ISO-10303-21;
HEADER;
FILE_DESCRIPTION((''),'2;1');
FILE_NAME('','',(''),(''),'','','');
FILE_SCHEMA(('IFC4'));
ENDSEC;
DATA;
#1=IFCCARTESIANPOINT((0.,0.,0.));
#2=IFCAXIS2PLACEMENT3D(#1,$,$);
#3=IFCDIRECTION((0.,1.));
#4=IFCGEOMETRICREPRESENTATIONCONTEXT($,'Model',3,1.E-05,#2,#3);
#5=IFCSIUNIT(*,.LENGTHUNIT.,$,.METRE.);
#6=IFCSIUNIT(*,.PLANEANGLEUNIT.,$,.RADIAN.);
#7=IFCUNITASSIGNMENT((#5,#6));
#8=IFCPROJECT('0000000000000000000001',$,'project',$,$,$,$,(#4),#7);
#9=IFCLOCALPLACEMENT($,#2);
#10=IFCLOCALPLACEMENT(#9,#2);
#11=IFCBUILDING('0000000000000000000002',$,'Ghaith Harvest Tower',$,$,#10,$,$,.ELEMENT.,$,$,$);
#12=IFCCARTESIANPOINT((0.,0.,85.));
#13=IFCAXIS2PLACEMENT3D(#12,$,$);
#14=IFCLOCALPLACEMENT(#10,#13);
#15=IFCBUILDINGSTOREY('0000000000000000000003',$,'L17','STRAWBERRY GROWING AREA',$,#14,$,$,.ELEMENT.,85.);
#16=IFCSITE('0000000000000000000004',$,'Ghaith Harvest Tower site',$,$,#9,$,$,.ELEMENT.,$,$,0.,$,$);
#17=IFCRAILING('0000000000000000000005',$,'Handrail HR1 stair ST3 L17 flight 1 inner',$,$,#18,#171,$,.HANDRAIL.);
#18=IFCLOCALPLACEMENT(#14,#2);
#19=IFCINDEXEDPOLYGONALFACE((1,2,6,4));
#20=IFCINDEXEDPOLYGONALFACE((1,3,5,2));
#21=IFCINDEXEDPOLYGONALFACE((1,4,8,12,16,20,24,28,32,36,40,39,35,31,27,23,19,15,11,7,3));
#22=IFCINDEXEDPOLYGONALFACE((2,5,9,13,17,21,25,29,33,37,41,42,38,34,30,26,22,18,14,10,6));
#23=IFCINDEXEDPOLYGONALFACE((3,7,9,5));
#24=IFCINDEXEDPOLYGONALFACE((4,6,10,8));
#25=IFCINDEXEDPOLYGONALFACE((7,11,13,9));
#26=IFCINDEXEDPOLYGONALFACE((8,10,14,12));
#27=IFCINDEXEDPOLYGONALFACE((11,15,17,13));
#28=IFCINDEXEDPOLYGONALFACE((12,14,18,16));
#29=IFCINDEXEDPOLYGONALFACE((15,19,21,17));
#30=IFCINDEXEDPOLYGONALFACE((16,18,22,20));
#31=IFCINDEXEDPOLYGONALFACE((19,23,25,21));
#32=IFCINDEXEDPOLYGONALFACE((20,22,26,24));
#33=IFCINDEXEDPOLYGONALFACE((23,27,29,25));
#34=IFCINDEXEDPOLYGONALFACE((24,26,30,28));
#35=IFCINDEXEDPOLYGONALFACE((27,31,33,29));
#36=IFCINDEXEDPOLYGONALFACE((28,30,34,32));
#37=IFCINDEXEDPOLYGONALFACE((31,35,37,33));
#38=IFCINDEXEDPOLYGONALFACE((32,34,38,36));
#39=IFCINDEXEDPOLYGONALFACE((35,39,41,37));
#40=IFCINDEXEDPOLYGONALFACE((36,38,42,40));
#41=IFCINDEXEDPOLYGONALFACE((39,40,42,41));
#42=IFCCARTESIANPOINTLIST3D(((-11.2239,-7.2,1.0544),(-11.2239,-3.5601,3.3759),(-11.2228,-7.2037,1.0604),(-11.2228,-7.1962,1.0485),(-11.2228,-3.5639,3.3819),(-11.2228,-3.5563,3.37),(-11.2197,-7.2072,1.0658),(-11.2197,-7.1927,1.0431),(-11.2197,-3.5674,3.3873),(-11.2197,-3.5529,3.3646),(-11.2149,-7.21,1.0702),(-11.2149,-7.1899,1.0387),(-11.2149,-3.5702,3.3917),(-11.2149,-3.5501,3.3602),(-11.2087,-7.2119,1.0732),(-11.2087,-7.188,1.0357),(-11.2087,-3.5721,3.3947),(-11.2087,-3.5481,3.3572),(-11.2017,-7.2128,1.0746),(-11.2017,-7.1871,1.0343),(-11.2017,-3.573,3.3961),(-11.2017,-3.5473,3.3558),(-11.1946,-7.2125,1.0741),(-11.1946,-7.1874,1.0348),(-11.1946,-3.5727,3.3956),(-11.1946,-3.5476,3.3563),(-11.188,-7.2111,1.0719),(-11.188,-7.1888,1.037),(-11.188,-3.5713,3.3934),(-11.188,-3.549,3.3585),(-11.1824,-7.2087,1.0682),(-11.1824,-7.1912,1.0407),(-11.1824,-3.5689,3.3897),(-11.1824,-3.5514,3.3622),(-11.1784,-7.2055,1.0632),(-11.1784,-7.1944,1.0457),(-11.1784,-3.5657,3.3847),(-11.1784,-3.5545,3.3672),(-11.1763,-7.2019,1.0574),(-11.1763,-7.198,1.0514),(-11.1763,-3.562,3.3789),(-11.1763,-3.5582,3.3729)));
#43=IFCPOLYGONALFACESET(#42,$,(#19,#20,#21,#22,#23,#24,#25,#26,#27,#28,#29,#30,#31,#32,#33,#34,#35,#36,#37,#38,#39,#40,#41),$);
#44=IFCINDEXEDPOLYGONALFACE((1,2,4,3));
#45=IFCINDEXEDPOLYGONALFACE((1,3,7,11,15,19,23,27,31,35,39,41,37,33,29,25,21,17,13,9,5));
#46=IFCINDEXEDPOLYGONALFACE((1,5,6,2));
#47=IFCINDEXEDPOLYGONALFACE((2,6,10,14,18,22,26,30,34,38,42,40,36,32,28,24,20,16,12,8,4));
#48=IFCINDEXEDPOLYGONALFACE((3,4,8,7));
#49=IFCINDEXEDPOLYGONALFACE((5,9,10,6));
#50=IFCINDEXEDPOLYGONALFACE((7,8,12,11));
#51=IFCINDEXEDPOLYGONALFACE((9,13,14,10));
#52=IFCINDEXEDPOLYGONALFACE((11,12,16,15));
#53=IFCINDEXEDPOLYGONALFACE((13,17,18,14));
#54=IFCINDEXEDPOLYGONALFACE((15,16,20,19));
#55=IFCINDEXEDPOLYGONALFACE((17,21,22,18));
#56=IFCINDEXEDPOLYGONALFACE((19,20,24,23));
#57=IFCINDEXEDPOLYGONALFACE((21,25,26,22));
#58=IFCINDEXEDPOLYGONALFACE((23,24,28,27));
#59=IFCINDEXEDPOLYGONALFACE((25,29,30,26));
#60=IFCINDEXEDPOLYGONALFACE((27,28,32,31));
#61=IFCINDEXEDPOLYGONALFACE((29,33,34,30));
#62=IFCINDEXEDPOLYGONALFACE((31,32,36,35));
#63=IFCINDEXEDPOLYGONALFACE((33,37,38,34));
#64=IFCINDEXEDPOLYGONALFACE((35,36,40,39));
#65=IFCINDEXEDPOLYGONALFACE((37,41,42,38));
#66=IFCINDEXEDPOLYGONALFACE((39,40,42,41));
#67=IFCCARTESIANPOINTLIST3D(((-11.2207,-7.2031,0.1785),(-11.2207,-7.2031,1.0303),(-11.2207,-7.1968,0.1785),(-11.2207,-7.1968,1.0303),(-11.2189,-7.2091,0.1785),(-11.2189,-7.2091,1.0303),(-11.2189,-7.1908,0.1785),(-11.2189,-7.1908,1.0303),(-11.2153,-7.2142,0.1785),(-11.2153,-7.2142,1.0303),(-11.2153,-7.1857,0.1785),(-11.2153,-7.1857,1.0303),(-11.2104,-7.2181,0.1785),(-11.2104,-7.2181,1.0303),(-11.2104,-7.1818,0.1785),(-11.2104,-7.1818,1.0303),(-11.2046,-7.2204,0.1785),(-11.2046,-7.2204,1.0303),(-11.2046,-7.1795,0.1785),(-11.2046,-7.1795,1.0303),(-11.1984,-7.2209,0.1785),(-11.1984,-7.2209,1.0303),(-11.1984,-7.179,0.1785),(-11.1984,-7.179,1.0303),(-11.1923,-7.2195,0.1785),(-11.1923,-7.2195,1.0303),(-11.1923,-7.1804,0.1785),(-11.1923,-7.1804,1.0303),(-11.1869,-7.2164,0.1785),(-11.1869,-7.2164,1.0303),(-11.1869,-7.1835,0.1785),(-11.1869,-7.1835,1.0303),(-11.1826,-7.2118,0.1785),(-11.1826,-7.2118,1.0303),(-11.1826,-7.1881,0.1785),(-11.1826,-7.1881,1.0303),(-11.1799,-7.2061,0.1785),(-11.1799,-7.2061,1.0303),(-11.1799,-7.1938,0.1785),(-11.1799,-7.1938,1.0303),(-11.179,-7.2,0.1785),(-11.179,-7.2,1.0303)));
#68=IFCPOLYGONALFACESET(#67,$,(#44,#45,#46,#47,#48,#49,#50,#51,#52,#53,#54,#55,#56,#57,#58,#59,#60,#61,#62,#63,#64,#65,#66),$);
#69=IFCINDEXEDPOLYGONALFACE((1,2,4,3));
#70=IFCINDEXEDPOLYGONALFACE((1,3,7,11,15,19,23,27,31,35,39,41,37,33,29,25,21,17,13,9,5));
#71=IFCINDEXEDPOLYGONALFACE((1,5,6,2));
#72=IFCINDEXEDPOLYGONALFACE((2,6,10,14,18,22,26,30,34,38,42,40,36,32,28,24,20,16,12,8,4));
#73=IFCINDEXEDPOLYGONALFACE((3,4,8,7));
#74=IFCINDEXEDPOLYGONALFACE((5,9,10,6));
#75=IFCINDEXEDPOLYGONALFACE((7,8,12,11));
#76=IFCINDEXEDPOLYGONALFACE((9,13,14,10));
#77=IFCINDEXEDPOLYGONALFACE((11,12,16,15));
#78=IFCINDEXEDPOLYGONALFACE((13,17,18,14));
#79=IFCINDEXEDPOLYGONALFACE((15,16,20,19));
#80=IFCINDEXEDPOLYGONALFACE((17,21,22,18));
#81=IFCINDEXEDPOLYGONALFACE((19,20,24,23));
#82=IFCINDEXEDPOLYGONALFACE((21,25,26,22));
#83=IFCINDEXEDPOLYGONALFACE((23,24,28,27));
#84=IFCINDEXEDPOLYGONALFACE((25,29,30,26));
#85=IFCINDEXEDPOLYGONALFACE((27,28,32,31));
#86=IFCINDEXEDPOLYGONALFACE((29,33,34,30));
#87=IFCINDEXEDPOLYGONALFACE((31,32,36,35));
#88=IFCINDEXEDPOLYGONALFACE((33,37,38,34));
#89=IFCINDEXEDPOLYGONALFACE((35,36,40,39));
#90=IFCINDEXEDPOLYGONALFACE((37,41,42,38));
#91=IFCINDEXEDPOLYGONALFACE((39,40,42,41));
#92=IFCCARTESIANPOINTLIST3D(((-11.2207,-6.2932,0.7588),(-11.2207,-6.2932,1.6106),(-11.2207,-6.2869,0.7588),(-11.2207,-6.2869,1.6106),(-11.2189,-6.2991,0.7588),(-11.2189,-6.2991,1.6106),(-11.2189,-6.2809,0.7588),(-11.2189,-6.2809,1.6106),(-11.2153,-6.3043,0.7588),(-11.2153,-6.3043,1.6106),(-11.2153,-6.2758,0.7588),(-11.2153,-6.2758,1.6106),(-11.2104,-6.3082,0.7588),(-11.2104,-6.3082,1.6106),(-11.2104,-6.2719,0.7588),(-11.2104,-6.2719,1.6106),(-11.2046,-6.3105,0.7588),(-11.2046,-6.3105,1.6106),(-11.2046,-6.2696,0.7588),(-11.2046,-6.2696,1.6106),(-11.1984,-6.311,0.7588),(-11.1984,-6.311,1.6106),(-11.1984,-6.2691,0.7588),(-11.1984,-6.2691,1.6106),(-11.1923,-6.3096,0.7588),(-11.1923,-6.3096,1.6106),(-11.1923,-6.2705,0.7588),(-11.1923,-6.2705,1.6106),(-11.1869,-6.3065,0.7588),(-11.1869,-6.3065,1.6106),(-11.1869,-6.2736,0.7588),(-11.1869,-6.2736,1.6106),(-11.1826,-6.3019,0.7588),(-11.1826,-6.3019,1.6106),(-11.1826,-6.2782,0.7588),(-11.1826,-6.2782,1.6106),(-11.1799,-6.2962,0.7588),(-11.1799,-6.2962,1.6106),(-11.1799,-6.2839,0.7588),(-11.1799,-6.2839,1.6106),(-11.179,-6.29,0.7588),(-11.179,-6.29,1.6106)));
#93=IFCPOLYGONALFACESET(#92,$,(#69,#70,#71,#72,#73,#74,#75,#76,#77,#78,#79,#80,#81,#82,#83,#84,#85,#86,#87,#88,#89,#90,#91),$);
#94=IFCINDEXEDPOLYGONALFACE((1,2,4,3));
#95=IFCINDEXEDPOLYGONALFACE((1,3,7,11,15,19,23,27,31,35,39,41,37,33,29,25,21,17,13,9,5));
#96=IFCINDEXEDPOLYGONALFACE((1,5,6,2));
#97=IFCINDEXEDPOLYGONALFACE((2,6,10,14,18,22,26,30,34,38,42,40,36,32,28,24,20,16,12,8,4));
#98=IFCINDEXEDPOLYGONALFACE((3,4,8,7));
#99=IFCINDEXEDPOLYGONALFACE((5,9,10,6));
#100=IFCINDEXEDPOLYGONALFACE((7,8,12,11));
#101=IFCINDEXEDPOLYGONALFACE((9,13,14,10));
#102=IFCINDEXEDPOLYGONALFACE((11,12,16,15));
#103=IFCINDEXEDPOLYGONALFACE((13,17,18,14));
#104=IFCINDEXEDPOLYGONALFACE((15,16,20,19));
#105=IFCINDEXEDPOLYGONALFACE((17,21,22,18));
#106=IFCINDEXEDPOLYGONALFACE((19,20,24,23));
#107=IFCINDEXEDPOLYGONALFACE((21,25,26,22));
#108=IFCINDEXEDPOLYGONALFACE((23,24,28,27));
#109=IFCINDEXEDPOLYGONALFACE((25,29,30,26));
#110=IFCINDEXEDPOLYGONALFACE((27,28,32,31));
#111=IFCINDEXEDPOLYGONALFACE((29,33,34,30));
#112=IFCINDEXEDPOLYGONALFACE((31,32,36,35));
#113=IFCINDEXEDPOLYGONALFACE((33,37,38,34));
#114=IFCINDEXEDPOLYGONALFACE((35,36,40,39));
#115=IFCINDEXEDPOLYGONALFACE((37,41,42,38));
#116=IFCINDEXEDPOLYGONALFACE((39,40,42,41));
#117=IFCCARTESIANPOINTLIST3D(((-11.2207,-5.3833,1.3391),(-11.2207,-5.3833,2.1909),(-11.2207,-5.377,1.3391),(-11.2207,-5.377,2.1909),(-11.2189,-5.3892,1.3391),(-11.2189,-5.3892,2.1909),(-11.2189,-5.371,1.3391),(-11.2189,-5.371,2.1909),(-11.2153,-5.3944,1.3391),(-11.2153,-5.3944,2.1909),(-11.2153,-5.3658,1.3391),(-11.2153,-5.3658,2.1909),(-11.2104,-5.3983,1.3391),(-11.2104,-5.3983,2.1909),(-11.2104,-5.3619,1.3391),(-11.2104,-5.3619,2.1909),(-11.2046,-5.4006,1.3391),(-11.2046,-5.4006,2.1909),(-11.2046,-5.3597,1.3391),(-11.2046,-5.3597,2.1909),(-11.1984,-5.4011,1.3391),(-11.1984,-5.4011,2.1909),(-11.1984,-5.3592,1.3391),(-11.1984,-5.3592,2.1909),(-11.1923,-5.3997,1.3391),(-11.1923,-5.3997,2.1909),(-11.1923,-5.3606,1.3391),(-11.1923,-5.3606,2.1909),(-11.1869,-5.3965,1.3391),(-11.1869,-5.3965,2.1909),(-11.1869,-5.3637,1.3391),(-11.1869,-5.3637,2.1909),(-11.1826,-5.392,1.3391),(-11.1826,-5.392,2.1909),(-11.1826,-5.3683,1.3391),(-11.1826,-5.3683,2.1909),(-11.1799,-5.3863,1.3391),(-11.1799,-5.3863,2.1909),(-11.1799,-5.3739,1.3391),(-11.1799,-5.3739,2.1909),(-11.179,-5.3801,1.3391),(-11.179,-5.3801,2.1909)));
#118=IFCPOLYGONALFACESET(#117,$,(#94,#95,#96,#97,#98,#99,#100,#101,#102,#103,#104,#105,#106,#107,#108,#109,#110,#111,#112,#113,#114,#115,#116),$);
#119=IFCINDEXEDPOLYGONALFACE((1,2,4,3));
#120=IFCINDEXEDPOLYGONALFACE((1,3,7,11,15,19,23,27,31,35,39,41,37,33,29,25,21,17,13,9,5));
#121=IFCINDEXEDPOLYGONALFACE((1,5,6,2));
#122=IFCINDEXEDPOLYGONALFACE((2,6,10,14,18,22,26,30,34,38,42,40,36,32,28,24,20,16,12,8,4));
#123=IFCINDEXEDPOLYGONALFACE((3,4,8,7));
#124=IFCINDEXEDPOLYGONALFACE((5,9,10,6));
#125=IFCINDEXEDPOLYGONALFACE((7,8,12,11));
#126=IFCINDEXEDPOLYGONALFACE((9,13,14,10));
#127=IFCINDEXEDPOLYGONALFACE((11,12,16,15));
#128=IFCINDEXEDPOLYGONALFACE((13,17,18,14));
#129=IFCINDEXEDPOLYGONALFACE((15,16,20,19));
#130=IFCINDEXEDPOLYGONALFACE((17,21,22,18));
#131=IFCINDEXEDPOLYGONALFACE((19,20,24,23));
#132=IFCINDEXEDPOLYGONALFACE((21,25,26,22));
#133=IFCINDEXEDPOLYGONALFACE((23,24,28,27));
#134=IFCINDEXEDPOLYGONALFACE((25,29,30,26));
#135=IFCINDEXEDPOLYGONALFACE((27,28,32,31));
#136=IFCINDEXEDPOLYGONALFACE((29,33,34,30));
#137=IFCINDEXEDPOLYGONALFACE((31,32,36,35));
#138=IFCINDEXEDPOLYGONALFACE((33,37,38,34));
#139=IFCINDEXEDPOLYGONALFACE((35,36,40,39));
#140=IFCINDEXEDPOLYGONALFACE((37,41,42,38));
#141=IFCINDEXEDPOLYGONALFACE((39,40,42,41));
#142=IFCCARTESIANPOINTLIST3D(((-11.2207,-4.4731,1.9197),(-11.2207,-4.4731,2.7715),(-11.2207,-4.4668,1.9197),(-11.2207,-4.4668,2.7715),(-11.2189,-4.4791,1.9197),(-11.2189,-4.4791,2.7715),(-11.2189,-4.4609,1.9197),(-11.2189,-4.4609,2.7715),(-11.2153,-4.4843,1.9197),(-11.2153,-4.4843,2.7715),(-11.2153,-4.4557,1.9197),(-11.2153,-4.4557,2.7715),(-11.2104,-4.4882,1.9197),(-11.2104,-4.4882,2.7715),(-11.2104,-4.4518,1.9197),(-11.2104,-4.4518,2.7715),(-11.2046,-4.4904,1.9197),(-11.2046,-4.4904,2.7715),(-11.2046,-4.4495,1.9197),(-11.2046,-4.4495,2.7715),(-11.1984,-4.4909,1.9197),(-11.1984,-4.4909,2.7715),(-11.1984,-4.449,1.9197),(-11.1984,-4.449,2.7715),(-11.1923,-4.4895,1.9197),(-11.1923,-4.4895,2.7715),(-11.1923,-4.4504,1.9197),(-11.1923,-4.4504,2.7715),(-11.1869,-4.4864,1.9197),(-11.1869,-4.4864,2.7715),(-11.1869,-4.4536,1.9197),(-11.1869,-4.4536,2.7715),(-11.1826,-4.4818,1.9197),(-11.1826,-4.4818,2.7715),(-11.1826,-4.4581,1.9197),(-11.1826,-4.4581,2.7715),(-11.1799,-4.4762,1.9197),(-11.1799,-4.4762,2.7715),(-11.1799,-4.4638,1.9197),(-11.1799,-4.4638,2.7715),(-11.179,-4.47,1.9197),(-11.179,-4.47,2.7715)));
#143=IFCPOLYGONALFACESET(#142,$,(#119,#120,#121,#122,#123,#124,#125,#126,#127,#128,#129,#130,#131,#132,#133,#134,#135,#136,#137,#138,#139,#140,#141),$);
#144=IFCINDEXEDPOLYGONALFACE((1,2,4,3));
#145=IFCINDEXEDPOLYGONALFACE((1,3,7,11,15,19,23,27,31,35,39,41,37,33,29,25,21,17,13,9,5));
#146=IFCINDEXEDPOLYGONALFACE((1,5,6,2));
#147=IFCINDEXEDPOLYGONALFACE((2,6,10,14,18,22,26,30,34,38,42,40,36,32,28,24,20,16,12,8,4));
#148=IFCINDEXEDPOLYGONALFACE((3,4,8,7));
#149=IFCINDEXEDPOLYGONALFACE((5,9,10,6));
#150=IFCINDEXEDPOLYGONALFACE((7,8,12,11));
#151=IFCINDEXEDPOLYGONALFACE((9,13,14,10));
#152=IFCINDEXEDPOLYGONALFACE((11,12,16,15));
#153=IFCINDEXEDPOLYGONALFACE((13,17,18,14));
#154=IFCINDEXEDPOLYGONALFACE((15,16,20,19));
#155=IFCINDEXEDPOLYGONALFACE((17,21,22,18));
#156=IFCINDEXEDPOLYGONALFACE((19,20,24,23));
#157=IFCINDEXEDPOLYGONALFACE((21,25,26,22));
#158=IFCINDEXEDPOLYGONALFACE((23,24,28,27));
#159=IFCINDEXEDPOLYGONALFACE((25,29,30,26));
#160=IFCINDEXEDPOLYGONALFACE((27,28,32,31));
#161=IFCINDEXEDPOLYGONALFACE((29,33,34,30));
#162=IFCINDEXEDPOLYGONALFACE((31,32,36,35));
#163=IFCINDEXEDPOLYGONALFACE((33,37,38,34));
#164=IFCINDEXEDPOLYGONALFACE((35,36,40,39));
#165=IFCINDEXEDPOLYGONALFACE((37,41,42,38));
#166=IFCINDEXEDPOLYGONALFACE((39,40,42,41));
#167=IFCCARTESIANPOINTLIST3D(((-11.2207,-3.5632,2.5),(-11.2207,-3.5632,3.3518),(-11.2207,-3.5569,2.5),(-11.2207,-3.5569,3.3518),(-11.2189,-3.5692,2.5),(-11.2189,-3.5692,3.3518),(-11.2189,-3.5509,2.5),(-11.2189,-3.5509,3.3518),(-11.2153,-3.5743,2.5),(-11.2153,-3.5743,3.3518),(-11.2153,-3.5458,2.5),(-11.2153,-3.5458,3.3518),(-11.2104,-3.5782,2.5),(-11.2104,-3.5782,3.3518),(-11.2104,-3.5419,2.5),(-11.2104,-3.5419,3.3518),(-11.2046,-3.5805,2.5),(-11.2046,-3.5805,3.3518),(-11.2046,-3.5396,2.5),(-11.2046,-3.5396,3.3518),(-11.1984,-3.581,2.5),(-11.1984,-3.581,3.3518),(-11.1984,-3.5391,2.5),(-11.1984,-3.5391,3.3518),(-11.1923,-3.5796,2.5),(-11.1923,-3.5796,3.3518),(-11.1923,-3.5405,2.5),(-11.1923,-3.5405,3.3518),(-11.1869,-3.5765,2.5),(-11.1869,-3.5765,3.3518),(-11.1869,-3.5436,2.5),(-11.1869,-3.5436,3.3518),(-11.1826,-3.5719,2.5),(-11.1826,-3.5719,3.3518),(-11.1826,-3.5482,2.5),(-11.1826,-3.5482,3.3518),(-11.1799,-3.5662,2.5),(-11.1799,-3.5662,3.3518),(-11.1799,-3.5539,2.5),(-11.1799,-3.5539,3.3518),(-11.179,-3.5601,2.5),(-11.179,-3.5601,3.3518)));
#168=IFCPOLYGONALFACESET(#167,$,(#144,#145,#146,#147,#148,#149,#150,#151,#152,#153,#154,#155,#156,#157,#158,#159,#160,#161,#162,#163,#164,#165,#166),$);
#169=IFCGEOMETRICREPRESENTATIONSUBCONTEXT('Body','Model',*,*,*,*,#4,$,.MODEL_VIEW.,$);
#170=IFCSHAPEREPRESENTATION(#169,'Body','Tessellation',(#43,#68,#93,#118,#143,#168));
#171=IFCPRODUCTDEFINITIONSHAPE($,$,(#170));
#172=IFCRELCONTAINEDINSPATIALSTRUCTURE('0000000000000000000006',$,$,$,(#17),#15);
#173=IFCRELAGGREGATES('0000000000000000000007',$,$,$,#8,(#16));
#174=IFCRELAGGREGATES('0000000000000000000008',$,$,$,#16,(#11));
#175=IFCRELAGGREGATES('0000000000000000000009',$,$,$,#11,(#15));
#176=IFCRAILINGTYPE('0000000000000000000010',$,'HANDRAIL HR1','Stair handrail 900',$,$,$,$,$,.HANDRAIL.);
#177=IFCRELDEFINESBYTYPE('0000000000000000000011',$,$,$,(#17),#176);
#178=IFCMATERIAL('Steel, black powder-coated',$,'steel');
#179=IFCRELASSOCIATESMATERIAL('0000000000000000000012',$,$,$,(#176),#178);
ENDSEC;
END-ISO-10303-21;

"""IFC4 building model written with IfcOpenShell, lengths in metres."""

from ifc_helpers import new_model, si_unit, direction, frame, origin, origin_2d, place, context, subcontext, project, spatial, circle, extrude, material, type_object, element, save


model = new_model("IFC4")

# Units and contexts
model_context = context("Model", 3, precision=1e-05, world=origin(), true_north=direction((0.0, 1.0)))
body_context = subcontext(model_context, "Body", "Model", "MODEL_VIEW")
ifc_project = project(units=[si_unit("LENGTHUNIT", "METRE"), si_unit("PLANEANGLEUNIT", "RADIAN")], contexts=[model_context])

# Site, building, storey
site_placement = place(None, origin())
site = spatial("IfcSite", under=ifc_project, at=site_placement, Name="Ghaith Harvest Tower site", CompositionType="ELEMENT", RefElevation=0.0)
building_placement = place(site_placement, origin())
building = spatial("IfcBuilding", under=site, at=building_placement, Name="Ghaith Harvest Tower", CompositionType="ELEMENT")
storey_placement = place(building_placement, frame((0.0, 0.0, 85.0)))
storey = spatial("IfcBuildingStorey", under=building, at=storey_placement, Name="L17", Description="STRAWBERRY GROWING AREA", CompositionType="ELEMENT", Elevation=85.0)

# Railing
ifc_material_1 = material(Name="Steel, black powder-coated", Category="steel")
railing_type = type_object("IfcRailingType", Name="HANDRAIL HR1", Description="Stair handrail 900", PredefinedType="HANDRAIL", material=ifc_material_1)
railing_1_placement = place(storey_placement, frame((-11.2, -7.2, 0.1785)))
element("IfcRailing", 1, at=railing_1_placement, inside=storey, type_object=railing_type, Name="Handrail HR1 stair ST3 L17 flight 1 inner", PredefinedType="HANDRAIL", context=body_context, shape_type="SweptSolid", body=[
    extrude(circle(Radius=0.0239, at=origin_2d()), frame((0.0, 0.0, 0.876), z_axis=(0.0, 0.843112, 0.537739), x_axis=(-1.0, 0.0, 0.0)), (0.0, 0.0, 1.0), 4.3171),
    extrude(circle(Radius=0.021, at=origin_2d()), origin(), (0.0, 0.0, 1.0), 0.8518),
    extrude(circle(Radius=0.021, at=origin_2d()), frame((0.0, 0.9099, 0.5803)), (0.0, 0.0, 1.0), 0.8518),
    extrude(circle(Radius=0.021, at=origin_2d()), frame((0.0, 1.8198, 1.1606)), (0.0, 0.0, 1.0), 0.8518),
    extrude(circle(Radius=0.021, at=origin_2d()), frame((0.0, 2.73, 1.7412)), (0.0, 0.0, 1.0), 0.8518),
    extrude(circle(Radius=0.021, at=origin_2d()), frame((0.0, 3.6399, 2.3215)), (0.0, 0.0, 1.0), 0.8518),
])

save(model, "model.ifc")
